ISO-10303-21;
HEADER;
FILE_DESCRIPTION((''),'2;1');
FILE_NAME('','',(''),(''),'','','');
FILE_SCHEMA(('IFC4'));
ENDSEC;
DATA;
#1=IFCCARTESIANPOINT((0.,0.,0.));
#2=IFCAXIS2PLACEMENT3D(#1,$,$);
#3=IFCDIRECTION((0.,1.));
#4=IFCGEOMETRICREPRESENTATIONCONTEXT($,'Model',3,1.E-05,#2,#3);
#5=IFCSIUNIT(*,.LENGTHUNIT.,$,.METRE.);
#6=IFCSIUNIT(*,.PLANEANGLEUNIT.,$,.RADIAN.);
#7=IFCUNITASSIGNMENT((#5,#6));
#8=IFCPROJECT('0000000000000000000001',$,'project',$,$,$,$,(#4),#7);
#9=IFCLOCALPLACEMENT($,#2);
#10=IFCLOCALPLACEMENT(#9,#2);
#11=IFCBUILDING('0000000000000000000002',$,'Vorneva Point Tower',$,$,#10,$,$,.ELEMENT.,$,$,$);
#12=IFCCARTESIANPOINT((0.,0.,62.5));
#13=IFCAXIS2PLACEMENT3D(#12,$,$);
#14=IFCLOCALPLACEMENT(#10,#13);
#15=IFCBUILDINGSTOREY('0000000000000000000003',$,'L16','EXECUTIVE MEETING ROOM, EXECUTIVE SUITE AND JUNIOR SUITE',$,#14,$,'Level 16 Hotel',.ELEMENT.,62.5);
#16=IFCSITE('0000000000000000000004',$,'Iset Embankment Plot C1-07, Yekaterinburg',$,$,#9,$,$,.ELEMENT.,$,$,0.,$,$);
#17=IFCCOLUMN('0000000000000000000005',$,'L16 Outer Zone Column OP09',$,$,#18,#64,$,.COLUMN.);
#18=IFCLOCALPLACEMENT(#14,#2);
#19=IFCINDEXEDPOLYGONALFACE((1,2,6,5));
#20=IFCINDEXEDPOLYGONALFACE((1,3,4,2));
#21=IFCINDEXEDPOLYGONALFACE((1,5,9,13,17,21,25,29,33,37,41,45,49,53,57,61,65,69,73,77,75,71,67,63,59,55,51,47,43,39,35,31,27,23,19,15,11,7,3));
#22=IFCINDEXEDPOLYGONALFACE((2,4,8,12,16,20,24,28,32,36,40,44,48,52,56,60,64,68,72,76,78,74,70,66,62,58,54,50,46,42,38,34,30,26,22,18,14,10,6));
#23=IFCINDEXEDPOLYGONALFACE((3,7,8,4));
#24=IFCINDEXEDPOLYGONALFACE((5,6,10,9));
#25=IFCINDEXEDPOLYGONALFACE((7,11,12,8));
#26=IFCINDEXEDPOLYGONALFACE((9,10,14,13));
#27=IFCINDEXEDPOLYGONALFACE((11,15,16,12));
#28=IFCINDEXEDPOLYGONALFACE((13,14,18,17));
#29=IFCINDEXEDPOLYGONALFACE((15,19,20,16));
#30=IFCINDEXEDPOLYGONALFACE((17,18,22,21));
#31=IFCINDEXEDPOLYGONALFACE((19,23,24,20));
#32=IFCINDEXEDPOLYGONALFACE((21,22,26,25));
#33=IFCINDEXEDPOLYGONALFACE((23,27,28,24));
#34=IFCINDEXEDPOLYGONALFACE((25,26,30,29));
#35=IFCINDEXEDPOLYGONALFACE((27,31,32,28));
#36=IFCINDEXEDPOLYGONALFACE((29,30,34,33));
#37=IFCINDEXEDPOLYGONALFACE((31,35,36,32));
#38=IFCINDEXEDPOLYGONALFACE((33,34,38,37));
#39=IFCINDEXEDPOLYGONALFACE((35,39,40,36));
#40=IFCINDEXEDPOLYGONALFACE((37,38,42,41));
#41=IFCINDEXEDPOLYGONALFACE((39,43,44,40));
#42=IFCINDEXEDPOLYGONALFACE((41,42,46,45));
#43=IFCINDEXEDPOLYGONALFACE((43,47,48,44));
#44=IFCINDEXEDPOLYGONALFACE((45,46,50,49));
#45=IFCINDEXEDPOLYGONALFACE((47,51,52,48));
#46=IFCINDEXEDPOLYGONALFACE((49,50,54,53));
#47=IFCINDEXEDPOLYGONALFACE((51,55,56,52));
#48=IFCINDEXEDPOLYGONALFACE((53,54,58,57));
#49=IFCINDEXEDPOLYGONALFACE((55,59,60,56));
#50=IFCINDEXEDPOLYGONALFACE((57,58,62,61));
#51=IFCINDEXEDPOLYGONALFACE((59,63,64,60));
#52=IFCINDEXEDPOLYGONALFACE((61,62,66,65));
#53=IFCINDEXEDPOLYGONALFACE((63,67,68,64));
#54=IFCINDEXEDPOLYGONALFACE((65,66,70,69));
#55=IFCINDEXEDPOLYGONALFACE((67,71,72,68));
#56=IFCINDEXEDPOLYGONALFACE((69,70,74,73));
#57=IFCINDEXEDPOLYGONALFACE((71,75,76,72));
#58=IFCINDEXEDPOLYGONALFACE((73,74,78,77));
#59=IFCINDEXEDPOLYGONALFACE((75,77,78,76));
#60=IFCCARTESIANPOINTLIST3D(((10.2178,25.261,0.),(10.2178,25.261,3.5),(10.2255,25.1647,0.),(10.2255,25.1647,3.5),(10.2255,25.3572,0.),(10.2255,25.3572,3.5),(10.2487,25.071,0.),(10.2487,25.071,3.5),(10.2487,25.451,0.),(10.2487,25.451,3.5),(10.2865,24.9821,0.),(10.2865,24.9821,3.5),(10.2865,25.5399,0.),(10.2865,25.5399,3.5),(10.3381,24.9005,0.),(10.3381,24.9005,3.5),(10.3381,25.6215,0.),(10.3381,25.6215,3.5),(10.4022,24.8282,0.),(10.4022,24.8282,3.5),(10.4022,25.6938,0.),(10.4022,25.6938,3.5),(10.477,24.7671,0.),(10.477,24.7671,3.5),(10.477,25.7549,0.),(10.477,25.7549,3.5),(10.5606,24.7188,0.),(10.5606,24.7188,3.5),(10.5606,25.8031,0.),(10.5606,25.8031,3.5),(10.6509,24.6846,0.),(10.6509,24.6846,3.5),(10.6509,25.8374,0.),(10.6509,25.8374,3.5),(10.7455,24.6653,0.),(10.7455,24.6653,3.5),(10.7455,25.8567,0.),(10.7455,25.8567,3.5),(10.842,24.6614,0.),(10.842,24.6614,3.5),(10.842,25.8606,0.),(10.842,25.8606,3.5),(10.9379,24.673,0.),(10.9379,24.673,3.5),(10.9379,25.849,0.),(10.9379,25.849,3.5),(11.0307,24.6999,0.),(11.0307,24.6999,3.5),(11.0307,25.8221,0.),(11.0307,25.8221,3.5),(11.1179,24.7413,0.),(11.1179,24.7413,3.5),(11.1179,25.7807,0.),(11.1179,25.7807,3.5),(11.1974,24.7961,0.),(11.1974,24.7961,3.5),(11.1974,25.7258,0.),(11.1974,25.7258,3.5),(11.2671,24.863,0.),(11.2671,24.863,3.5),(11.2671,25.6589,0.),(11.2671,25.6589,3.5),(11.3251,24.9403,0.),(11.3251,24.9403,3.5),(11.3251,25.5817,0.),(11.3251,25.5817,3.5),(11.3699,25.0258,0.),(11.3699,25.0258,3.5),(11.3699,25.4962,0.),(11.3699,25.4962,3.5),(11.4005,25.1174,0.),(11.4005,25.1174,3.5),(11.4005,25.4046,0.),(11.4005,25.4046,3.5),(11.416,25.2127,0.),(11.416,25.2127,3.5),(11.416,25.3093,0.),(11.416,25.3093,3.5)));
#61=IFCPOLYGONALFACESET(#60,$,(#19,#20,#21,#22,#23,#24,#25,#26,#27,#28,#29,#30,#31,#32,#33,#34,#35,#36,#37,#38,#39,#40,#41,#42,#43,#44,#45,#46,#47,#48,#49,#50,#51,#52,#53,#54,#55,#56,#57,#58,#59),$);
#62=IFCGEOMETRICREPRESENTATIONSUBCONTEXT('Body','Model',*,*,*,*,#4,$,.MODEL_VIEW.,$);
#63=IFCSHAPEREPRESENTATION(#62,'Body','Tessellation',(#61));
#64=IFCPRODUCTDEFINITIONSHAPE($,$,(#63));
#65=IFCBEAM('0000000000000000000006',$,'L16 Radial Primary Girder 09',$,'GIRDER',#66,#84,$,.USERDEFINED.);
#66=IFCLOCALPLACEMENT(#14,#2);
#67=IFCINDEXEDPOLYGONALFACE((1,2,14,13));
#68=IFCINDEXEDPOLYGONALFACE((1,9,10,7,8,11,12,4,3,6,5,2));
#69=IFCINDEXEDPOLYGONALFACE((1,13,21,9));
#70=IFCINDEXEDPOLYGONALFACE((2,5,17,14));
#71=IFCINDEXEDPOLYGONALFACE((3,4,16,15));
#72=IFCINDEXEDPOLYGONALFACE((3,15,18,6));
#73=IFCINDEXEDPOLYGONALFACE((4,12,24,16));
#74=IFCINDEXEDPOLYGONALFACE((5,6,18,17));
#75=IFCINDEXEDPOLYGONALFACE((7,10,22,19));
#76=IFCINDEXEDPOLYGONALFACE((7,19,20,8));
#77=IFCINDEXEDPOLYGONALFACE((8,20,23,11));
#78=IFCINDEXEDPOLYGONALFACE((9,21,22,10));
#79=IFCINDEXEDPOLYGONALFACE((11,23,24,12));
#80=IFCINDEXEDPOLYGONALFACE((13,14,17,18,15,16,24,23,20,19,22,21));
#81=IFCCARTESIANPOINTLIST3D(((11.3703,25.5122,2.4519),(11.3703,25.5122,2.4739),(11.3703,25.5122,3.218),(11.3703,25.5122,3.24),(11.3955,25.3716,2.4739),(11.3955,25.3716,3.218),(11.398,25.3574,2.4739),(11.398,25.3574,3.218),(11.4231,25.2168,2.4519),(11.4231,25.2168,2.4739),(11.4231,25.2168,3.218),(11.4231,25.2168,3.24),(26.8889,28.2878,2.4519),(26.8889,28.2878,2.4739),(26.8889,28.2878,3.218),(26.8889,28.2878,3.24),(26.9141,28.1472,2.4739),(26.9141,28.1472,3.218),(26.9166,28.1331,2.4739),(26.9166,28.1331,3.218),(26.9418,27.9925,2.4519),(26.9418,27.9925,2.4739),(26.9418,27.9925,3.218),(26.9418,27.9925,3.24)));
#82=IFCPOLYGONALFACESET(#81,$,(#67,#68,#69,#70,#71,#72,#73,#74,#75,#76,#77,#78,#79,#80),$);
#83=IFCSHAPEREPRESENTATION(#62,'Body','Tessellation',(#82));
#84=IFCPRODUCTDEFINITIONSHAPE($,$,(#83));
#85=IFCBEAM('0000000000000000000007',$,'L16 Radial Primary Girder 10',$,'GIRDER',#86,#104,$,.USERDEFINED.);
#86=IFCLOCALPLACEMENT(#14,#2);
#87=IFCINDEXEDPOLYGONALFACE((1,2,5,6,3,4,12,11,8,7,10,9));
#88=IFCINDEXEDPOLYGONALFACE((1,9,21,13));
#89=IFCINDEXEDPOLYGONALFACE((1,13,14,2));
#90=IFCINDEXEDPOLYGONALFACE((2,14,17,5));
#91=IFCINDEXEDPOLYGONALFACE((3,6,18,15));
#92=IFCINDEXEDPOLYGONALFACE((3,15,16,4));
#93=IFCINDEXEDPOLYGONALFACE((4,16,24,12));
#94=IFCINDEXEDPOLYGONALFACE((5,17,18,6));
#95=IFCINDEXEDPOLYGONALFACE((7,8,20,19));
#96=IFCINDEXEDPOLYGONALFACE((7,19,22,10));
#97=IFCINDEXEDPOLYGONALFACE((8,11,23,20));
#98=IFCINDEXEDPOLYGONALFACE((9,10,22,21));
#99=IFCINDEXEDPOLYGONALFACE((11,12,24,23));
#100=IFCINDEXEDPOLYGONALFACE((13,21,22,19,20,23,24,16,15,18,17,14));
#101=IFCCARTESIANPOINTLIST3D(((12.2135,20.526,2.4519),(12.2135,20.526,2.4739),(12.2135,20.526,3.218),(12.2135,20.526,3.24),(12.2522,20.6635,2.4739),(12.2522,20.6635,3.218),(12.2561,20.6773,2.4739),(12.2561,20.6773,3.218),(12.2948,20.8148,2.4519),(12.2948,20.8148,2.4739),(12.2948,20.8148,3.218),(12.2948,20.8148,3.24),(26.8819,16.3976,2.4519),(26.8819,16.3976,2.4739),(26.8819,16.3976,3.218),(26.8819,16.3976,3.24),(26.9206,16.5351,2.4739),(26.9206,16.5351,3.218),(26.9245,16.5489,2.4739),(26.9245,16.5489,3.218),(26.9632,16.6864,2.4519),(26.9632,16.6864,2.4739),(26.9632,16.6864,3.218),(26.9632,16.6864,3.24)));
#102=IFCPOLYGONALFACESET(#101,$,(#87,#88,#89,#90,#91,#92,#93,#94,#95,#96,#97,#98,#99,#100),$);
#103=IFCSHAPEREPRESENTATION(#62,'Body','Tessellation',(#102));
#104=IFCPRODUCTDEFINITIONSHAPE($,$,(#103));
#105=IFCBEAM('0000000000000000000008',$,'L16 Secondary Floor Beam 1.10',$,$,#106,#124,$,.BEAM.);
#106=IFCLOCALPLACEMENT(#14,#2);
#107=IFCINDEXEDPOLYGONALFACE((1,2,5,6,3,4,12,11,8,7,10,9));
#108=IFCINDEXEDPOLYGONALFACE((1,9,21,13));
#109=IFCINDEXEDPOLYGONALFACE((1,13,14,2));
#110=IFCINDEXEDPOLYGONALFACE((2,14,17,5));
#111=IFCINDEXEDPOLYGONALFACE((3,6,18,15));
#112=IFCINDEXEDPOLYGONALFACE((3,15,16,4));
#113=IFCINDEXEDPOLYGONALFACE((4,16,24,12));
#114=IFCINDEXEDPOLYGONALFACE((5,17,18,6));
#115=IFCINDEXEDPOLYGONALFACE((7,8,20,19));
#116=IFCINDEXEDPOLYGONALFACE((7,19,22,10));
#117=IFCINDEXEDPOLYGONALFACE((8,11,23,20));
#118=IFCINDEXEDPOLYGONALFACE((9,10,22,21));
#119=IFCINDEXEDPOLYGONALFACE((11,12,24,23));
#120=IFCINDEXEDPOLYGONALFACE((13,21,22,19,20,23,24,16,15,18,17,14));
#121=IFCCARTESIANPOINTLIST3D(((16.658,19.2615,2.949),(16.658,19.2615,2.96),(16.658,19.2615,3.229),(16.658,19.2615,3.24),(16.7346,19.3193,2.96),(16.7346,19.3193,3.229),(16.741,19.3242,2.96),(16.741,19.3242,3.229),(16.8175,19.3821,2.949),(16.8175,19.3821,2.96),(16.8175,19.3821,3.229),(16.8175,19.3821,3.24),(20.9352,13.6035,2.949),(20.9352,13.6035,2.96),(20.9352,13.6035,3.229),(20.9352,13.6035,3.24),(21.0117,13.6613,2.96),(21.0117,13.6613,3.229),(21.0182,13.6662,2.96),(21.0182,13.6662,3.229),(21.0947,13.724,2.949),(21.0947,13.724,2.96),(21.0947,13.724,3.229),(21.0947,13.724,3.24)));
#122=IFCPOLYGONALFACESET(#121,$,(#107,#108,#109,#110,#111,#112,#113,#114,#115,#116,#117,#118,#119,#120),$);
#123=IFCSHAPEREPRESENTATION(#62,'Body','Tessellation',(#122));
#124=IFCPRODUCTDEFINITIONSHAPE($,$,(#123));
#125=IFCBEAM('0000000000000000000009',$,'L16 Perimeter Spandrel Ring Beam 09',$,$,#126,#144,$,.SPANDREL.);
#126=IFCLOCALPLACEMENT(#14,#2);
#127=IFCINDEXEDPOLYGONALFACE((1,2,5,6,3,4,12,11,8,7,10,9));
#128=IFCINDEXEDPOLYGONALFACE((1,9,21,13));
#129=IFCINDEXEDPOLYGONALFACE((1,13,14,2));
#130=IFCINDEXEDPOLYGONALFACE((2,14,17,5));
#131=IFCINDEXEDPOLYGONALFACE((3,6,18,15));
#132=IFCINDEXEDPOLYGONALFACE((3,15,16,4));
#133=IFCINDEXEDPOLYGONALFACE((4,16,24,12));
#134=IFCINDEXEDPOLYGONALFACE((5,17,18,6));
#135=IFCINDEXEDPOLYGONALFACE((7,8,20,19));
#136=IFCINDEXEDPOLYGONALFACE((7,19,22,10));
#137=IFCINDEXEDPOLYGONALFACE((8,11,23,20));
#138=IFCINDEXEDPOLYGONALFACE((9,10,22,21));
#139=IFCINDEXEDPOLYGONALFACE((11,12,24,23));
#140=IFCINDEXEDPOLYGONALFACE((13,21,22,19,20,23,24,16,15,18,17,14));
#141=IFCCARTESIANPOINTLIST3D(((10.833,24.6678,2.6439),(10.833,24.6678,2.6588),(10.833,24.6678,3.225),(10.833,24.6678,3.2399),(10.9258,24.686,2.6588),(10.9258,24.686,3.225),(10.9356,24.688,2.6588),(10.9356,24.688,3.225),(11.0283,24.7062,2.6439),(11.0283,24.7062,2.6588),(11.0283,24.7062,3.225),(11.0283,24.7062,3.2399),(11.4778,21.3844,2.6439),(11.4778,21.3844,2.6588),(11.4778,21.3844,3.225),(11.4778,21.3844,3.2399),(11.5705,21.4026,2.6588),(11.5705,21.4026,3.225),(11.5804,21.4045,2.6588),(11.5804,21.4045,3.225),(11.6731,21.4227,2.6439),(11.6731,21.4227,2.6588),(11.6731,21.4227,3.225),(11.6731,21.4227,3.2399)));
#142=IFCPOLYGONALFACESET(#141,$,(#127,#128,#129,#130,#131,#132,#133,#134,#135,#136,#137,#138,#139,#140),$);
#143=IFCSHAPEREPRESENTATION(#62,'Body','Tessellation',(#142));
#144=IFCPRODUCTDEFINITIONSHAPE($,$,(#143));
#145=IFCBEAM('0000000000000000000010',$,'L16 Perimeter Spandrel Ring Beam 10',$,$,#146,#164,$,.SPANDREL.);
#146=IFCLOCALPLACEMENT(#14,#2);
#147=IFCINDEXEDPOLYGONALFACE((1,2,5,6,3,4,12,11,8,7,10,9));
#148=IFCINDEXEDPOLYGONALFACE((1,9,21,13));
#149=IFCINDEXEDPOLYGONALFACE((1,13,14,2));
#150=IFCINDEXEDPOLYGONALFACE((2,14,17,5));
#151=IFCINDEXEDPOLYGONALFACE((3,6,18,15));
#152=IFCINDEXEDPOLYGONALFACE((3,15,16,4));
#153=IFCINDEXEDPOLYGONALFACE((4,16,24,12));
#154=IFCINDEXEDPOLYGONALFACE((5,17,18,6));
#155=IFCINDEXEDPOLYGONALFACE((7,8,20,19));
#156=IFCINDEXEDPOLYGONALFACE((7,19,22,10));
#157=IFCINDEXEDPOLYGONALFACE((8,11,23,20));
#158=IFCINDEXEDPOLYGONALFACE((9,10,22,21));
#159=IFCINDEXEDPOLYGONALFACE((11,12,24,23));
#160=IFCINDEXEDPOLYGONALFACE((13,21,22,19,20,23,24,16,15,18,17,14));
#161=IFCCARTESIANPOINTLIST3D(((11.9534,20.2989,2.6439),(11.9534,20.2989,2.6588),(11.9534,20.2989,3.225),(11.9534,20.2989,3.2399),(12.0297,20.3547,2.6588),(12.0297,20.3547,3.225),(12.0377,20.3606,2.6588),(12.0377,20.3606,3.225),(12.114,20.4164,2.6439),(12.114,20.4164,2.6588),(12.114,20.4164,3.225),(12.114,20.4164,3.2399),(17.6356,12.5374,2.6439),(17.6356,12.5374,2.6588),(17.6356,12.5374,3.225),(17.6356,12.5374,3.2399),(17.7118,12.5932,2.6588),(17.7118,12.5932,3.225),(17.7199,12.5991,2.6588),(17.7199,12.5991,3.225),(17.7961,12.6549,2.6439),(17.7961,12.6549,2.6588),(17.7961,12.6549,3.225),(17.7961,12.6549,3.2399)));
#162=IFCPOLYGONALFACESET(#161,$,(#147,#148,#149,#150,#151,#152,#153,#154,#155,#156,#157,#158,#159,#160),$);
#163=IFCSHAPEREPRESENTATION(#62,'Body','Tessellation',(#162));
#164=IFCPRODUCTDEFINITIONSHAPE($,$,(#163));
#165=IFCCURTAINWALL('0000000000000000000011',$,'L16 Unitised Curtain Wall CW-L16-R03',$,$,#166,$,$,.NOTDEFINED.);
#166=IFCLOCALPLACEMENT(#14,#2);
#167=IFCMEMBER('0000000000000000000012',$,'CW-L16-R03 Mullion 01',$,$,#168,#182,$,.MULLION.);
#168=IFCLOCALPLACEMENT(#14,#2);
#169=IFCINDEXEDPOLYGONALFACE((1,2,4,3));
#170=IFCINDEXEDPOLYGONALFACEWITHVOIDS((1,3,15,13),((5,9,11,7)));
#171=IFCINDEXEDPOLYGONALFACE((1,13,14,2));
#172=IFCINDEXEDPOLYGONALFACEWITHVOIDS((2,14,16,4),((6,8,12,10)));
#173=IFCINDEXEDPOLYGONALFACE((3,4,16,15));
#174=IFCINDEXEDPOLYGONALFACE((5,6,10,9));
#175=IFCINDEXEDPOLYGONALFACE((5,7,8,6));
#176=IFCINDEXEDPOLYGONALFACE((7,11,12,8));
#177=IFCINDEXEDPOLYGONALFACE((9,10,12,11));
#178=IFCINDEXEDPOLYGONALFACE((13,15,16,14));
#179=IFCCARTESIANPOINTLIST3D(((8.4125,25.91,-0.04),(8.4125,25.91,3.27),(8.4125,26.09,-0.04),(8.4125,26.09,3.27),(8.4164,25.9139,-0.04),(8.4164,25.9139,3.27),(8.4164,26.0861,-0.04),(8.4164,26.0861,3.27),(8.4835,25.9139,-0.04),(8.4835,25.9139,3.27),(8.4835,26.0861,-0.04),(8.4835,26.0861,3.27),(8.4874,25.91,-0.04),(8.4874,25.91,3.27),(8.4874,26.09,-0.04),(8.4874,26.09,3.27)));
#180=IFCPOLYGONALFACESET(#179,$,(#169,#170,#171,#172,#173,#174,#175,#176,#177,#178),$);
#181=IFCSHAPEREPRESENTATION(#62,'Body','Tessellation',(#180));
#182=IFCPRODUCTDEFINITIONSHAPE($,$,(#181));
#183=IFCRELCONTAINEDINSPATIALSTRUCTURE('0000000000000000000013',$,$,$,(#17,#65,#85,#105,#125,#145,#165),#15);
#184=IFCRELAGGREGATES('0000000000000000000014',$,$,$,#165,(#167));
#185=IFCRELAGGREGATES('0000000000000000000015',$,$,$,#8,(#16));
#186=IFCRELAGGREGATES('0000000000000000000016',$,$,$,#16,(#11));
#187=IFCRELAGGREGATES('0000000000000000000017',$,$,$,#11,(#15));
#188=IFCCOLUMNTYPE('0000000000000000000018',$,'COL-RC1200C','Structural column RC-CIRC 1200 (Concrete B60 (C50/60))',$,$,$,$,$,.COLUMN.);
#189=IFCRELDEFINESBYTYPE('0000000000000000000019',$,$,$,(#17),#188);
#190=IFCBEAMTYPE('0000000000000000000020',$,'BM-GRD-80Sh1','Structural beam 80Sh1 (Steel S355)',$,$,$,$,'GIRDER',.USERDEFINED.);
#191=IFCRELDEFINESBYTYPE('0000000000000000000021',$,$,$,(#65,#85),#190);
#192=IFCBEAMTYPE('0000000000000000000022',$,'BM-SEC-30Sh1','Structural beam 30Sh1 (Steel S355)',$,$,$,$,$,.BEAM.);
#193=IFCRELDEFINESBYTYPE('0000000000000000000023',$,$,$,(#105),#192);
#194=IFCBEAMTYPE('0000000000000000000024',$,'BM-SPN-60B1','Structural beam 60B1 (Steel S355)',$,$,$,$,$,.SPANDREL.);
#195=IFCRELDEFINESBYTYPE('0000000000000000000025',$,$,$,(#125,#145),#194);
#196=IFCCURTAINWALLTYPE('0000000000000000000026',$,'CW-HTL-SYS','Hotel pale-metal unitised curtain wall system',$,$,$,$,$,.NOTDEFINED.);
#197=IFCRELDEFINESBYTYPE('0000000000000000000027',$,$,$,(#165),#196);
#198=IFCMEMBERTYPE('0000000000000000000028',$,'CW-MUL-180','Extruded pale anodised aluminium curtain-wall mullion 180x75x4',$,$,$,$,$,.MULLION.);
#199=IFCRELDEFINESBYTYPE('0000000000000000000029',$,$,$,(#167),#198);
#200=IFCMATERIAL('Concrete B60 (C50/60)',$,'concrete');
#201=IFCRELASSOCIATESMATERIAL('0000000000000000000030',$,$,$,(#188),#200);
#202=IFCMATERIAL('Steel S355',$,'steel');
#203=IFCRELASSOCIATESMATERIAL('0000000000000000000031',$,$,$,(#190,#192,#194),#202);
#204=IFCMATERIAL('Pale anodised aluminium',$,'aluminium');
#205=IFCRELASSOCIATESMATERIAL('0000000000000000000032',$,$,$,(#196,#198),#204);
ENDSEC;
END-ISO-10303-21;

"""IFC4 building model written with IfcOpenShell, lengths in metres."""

from ifc_helpers import new_model, si_unit, direction, frame, origin, origin_2d, place, context, subcontext, project, spatial, hollow_rectangle, circle, i_section, extrude, material, material_profile, profile_set, type_object, element, aggregate, save


model = new_model("IFC4")

# Units and contexts
model_context = context("Model", 3, precision=1e-05, world=origin(), true_north=direction((0.0, 1.0)))
body_context = subcontext(model_context, "Body", "Model", "MODEL_VIEW")
ifc_project = project(units=[si_unit("LENGTHUNIT", "METRE"), si_unit("PLANEANGLEUNIT", "RADIAN")], contexts=[model_context])

# Site, building, storey
site_placement = place(None, origin())
site = spatial("IfcSite", under=ifc_project, at=site_placement, Name="Iset Embankment Plot C1-07, Yekaterinburg", CompositionType="ELEMENT", RefElevation=0.0)
building_placement = place(site_placement, origin())
building = spatial("IfcBuilding", under=site, at=building_placement, Name="Vorneva Point Tower", CompositionType="ELEMENT")
storey_placement = place(building_placement, frame((0.0, 0.0, 62.5)))
storey = spatial("IfcBuildingStorey", under=building, at=storey_placement, Name="L16", Description="EXECUTIVE MEETING ROOM, EXECUTIVE SUITE AND JUNIOR SUITE", LongName="Level 16 Hotel", CompositionType="ELEMENT", Elevation=62.5)

# Column
ifc_material_1 = material(Name="Concrete B60 (C50/60)", Category="concrete")
ifc_material_profile_1 = material_profile(ifc_material_1, circle(Radius=0.6001, at=origin_2d()), Name="RC-CIRC 1200")
ifc_profile_set_1 = profile_set([ifc_material_profile_1], Name="Concrete B60 (C50/60)")
column_type = type_object("IfcColumnType", Name="COL-RC1200C", Description="Structural column RC-CIRC 1200 (Concrete B60 (C50/60))", PredefinedType="COLUMN", material=ifc_profile_set_1)
for number, where, z_axis, x_axis, name in (
    (1, (10.8179, 25.261, 0.0), (0.0, 0.0, 1.0), (-1.0, 0.0, 0.0), "L16 Outer Zone Column OP09"),
):
    element("IfcColumn", number, at=place(storey_placement, frame(where, z_axis=z_axis, x_axis=x_axis)), inside=storey, type_object=column_type, Name=name, PredefinedType="COLUMN", context=body_context, shape_type="SweptSolid", body=[
        extrude(circle(Radius=0.6001, at=origin_2d()), origin(), (0.0, 0.0, 1.0), 3.5),
    ])

# Beams
ifc_material_2 = material(Name="Steel S355", Category="steel")
ifc_material_profile_2 = material_profile(ifc_material_2, i_section(OverallWidth=0.3, OverallDepth=0.7881, WebThickness=0.0144, FlangeThickness=0.022, at=origin_2d()), Name="80Sh1")
ifc_profile_set_2 = profile_set([ifc_material_profile_2], Name="Steel S355")
beam_type_1 = type_object("IfcBeamType", Name="BM-GRD-80Sh1", Description="Structural beam 80Sh1 (Steel S355)", ElementType="GIRDER", PredefinedType="USERDEFINED", material=ifc_profile_set_2)
beam_1_placement = place(storey_placement, frame((11.3967, 25.3645, 2.8459), z_axis=(0.984379, 0.176065, 0.0), x_axis=(-0.176065, 0.984379, 0.0)))
element("IfcBeam", 2, at=beam_1_placement, inside=storey, type_object=beam_type_1, Name="L16 Radial Primary Girder 09", ObjectType="GIRDER", PredefinedType="USERDEFINED", context=body_context, shape_type="SweptSolid", body=[
    extrude(i_section(OverallWidth=0.3, OverallDepth=0.7881, WebThickness=0.0144, FlangeThickness=0.022, at=origin_2d()), origin(), (0.0, 0.0, 1.0), 15.7649),
])
beam_2_placement = place(storey_placement, frame((12.2542, 20.6704, 2.8459), z_axis=(0.962601, -0.270923, 0.0), x_axis=(0.270923, 0.962601, 0.0)))
element("IfcBeam", 3, at=beam_2_placement, inside=storey, type_object=beam_type_1, Name="L16 Radial Primary Girder 10", ObjectType="GIRDER", PredefinedType="USERDEFINED", context=body_context, shape_type="SweptSolid", body=[
    extrude(i_section(OverallWidth=0.3, OverallDepth=0.7881, WebThickness=0.0144, FlangeThickness=0.022, at=origin_2d()), origin(), (0.0, 0.0, 1.0), 15.2383),
])
ifc_material_profile_3 = material_profile(ifc_material_2, i_section(OverallWidth=0.2, OverallDepth=0.291, WebThickness=0.0081, FlangeThickness=0.011, at=origin_2d()), Name="30Sh1")
ifc_profile_set_3 = profile_set([ifc_material_profile_3], Name="Steel S355")
beam_type_2 = type_object("IfcBeamType", Name="BM-SEC-30Sh1", Description="Structural beam 30Sh1 (Steel S355)", PredefinedType="BEAM", material=ifc_profile_set_3)
beam_3_placement = place(storey_placement, frame((16.7378, 19.3218, 3.0945), z_axis=(0.60303, -0.797718, 0.0), x_axis=(0.797718, 0.60303, 0.0)))
element("IfcBeam", 4, at=beam_3_placement, inside=storey, type_object=beam_type_2, Name="L16 Secondary Floor Beam 1.10", PredefinedType="BEAM", context=body_context, shape_type="SweptSolid", body=[
    extrude(i_section(OverallWidth=0.2, OverallDepth=0.291, WebThickness=0.0081, FlangeThickness=0.011, at=origin_2d()), origin(), (0.0, 0.0, 1.0), 7.0928),
])
ifc_material_profile_4 = material_profile(ifc_material_2, i_section(OverallWidth=0.199, OverallDepth=0.5959, WebThickness=0.01, FlangeThickness=0.0149, at=origin_2d()), Name="60B1")
ifc_profile_set_4 = profile_set([ifc_material_profile_4], Name="Steel S355")
beam_type_3 = type_object("IfcBeamType", Name="BM-SPN-60B1", Description="Structural beam 60B1 (Steel S355)", PredefinedType="SPANDREL", material=ifc_profile_set_4)
beam_4_placement = place(storey_placement, frame((10.9307, 24.687, 2.9419), z_axis=(0.192691, -0.981259, 0.0), x_axis=(0.981259, 0.192691, 0.0)))
element("IfcBeam", 5, at=beam_4_placement, inside=storey, type_object=beam_type_3, Name="L16 Perimeter Spandrel Ring Beam 09", PredefinedType="SPANDREL", context=body_context, shape_type="SweptSolid", body=[
    extrude(i_section(OverallWidth=0.199, OverallDepth=0.5959, WebThickness=0.01, FlangeThickness=0.0149, at=origin_2d()), origin(), (0.0, 0.0, 1.0), 3.3462),
])
beam_5_placement = place(storey_placement, frame((12.0337, 20.3577, 2.9419), z_axis=(0.590713, -0.806882, 0.0), x_axis=(0.806882, 0.590713, 0.0)))
element("IfcBeam", 6, at=beam_5_placement, inside=storey, type_object=beam_type_3, Name="L16 Perimeter Spandrel Ring Beam 10", PredefinedType="SPANDREL", context=body_context, shape_type="SweptSolid", body=[
    extrude(i_section(OverallWidth=0.199, OverallDepth=0.5959, WebThickness=0.01, FlangeThickness=0.0149, at=origin_2d()), origin(), (0.0, 0.0, 1.0), 9.6191),
])

# Curtain wall, member
ifc_material_3 = material(Name="Pale anodised aluminium", Category="aluminium")
curtain_wall_type = type_object("IfcCurtainWallType", Name="CW-HTL-SYS", Description="Hotel pale-metal unitised curtain wall system", PredefinedType="NOTDEFINED", material=ifc_material_3)
curtain_wall_1_placement = place(storey_placement, origin())
curtain_wall_1 = element("IfcCurtainWall", 7, at=curtain_wall_1_placement, inside=storey, type_object=curtain_wall_type, Name="L16 Unitised Curtain Wall CW-L16-R03", PredefinedType="NOTDEFINED")
ifc_material_profile_5 = material_profile(ifc_material_3, hollow_rectangle(XDim=0.075, YDim=0.1799, WallThickness=0.0039, at=origin_2d()), Name="AL-MUL 180x75x4")
ifc_profile_set_5 = profile_set([ifc_material_profile_5], Name="Pale anodised aluminium")
member_type_1 = type_object("IfcMemberType", Name="CW-MUL-180", Description="Extruded pale anodised aluminium curtain-wall mullion 180x75x4", PredefinedType="MULLION", material=ifc_profile_set_5)
member_1_placement = place(storey_placement, frame((8.45, 26.0, -0.04), z_axis=(0.0, 0.0, 1.0), x_axis=(1.0, 0.0, 0.0)))
member_1 = element("IfcMember", 8, at=member_1_placement, type_object=member_type_1, Name="CW-L16-R03 Mullion 01", PredefinedType="MULLION", context=body_context, shape_type="SweptSolid", body=[
    extrude(hollow_rectangle(XDim=0.075, YDim=0.1799, WallThickness=0.0039, at=origin_2d()), origin(), (0.0, 0.0, 1.0), 3.3101),
])

aggregate(curtain_wall_1, [member_1])

save(model, "model.ifc")
